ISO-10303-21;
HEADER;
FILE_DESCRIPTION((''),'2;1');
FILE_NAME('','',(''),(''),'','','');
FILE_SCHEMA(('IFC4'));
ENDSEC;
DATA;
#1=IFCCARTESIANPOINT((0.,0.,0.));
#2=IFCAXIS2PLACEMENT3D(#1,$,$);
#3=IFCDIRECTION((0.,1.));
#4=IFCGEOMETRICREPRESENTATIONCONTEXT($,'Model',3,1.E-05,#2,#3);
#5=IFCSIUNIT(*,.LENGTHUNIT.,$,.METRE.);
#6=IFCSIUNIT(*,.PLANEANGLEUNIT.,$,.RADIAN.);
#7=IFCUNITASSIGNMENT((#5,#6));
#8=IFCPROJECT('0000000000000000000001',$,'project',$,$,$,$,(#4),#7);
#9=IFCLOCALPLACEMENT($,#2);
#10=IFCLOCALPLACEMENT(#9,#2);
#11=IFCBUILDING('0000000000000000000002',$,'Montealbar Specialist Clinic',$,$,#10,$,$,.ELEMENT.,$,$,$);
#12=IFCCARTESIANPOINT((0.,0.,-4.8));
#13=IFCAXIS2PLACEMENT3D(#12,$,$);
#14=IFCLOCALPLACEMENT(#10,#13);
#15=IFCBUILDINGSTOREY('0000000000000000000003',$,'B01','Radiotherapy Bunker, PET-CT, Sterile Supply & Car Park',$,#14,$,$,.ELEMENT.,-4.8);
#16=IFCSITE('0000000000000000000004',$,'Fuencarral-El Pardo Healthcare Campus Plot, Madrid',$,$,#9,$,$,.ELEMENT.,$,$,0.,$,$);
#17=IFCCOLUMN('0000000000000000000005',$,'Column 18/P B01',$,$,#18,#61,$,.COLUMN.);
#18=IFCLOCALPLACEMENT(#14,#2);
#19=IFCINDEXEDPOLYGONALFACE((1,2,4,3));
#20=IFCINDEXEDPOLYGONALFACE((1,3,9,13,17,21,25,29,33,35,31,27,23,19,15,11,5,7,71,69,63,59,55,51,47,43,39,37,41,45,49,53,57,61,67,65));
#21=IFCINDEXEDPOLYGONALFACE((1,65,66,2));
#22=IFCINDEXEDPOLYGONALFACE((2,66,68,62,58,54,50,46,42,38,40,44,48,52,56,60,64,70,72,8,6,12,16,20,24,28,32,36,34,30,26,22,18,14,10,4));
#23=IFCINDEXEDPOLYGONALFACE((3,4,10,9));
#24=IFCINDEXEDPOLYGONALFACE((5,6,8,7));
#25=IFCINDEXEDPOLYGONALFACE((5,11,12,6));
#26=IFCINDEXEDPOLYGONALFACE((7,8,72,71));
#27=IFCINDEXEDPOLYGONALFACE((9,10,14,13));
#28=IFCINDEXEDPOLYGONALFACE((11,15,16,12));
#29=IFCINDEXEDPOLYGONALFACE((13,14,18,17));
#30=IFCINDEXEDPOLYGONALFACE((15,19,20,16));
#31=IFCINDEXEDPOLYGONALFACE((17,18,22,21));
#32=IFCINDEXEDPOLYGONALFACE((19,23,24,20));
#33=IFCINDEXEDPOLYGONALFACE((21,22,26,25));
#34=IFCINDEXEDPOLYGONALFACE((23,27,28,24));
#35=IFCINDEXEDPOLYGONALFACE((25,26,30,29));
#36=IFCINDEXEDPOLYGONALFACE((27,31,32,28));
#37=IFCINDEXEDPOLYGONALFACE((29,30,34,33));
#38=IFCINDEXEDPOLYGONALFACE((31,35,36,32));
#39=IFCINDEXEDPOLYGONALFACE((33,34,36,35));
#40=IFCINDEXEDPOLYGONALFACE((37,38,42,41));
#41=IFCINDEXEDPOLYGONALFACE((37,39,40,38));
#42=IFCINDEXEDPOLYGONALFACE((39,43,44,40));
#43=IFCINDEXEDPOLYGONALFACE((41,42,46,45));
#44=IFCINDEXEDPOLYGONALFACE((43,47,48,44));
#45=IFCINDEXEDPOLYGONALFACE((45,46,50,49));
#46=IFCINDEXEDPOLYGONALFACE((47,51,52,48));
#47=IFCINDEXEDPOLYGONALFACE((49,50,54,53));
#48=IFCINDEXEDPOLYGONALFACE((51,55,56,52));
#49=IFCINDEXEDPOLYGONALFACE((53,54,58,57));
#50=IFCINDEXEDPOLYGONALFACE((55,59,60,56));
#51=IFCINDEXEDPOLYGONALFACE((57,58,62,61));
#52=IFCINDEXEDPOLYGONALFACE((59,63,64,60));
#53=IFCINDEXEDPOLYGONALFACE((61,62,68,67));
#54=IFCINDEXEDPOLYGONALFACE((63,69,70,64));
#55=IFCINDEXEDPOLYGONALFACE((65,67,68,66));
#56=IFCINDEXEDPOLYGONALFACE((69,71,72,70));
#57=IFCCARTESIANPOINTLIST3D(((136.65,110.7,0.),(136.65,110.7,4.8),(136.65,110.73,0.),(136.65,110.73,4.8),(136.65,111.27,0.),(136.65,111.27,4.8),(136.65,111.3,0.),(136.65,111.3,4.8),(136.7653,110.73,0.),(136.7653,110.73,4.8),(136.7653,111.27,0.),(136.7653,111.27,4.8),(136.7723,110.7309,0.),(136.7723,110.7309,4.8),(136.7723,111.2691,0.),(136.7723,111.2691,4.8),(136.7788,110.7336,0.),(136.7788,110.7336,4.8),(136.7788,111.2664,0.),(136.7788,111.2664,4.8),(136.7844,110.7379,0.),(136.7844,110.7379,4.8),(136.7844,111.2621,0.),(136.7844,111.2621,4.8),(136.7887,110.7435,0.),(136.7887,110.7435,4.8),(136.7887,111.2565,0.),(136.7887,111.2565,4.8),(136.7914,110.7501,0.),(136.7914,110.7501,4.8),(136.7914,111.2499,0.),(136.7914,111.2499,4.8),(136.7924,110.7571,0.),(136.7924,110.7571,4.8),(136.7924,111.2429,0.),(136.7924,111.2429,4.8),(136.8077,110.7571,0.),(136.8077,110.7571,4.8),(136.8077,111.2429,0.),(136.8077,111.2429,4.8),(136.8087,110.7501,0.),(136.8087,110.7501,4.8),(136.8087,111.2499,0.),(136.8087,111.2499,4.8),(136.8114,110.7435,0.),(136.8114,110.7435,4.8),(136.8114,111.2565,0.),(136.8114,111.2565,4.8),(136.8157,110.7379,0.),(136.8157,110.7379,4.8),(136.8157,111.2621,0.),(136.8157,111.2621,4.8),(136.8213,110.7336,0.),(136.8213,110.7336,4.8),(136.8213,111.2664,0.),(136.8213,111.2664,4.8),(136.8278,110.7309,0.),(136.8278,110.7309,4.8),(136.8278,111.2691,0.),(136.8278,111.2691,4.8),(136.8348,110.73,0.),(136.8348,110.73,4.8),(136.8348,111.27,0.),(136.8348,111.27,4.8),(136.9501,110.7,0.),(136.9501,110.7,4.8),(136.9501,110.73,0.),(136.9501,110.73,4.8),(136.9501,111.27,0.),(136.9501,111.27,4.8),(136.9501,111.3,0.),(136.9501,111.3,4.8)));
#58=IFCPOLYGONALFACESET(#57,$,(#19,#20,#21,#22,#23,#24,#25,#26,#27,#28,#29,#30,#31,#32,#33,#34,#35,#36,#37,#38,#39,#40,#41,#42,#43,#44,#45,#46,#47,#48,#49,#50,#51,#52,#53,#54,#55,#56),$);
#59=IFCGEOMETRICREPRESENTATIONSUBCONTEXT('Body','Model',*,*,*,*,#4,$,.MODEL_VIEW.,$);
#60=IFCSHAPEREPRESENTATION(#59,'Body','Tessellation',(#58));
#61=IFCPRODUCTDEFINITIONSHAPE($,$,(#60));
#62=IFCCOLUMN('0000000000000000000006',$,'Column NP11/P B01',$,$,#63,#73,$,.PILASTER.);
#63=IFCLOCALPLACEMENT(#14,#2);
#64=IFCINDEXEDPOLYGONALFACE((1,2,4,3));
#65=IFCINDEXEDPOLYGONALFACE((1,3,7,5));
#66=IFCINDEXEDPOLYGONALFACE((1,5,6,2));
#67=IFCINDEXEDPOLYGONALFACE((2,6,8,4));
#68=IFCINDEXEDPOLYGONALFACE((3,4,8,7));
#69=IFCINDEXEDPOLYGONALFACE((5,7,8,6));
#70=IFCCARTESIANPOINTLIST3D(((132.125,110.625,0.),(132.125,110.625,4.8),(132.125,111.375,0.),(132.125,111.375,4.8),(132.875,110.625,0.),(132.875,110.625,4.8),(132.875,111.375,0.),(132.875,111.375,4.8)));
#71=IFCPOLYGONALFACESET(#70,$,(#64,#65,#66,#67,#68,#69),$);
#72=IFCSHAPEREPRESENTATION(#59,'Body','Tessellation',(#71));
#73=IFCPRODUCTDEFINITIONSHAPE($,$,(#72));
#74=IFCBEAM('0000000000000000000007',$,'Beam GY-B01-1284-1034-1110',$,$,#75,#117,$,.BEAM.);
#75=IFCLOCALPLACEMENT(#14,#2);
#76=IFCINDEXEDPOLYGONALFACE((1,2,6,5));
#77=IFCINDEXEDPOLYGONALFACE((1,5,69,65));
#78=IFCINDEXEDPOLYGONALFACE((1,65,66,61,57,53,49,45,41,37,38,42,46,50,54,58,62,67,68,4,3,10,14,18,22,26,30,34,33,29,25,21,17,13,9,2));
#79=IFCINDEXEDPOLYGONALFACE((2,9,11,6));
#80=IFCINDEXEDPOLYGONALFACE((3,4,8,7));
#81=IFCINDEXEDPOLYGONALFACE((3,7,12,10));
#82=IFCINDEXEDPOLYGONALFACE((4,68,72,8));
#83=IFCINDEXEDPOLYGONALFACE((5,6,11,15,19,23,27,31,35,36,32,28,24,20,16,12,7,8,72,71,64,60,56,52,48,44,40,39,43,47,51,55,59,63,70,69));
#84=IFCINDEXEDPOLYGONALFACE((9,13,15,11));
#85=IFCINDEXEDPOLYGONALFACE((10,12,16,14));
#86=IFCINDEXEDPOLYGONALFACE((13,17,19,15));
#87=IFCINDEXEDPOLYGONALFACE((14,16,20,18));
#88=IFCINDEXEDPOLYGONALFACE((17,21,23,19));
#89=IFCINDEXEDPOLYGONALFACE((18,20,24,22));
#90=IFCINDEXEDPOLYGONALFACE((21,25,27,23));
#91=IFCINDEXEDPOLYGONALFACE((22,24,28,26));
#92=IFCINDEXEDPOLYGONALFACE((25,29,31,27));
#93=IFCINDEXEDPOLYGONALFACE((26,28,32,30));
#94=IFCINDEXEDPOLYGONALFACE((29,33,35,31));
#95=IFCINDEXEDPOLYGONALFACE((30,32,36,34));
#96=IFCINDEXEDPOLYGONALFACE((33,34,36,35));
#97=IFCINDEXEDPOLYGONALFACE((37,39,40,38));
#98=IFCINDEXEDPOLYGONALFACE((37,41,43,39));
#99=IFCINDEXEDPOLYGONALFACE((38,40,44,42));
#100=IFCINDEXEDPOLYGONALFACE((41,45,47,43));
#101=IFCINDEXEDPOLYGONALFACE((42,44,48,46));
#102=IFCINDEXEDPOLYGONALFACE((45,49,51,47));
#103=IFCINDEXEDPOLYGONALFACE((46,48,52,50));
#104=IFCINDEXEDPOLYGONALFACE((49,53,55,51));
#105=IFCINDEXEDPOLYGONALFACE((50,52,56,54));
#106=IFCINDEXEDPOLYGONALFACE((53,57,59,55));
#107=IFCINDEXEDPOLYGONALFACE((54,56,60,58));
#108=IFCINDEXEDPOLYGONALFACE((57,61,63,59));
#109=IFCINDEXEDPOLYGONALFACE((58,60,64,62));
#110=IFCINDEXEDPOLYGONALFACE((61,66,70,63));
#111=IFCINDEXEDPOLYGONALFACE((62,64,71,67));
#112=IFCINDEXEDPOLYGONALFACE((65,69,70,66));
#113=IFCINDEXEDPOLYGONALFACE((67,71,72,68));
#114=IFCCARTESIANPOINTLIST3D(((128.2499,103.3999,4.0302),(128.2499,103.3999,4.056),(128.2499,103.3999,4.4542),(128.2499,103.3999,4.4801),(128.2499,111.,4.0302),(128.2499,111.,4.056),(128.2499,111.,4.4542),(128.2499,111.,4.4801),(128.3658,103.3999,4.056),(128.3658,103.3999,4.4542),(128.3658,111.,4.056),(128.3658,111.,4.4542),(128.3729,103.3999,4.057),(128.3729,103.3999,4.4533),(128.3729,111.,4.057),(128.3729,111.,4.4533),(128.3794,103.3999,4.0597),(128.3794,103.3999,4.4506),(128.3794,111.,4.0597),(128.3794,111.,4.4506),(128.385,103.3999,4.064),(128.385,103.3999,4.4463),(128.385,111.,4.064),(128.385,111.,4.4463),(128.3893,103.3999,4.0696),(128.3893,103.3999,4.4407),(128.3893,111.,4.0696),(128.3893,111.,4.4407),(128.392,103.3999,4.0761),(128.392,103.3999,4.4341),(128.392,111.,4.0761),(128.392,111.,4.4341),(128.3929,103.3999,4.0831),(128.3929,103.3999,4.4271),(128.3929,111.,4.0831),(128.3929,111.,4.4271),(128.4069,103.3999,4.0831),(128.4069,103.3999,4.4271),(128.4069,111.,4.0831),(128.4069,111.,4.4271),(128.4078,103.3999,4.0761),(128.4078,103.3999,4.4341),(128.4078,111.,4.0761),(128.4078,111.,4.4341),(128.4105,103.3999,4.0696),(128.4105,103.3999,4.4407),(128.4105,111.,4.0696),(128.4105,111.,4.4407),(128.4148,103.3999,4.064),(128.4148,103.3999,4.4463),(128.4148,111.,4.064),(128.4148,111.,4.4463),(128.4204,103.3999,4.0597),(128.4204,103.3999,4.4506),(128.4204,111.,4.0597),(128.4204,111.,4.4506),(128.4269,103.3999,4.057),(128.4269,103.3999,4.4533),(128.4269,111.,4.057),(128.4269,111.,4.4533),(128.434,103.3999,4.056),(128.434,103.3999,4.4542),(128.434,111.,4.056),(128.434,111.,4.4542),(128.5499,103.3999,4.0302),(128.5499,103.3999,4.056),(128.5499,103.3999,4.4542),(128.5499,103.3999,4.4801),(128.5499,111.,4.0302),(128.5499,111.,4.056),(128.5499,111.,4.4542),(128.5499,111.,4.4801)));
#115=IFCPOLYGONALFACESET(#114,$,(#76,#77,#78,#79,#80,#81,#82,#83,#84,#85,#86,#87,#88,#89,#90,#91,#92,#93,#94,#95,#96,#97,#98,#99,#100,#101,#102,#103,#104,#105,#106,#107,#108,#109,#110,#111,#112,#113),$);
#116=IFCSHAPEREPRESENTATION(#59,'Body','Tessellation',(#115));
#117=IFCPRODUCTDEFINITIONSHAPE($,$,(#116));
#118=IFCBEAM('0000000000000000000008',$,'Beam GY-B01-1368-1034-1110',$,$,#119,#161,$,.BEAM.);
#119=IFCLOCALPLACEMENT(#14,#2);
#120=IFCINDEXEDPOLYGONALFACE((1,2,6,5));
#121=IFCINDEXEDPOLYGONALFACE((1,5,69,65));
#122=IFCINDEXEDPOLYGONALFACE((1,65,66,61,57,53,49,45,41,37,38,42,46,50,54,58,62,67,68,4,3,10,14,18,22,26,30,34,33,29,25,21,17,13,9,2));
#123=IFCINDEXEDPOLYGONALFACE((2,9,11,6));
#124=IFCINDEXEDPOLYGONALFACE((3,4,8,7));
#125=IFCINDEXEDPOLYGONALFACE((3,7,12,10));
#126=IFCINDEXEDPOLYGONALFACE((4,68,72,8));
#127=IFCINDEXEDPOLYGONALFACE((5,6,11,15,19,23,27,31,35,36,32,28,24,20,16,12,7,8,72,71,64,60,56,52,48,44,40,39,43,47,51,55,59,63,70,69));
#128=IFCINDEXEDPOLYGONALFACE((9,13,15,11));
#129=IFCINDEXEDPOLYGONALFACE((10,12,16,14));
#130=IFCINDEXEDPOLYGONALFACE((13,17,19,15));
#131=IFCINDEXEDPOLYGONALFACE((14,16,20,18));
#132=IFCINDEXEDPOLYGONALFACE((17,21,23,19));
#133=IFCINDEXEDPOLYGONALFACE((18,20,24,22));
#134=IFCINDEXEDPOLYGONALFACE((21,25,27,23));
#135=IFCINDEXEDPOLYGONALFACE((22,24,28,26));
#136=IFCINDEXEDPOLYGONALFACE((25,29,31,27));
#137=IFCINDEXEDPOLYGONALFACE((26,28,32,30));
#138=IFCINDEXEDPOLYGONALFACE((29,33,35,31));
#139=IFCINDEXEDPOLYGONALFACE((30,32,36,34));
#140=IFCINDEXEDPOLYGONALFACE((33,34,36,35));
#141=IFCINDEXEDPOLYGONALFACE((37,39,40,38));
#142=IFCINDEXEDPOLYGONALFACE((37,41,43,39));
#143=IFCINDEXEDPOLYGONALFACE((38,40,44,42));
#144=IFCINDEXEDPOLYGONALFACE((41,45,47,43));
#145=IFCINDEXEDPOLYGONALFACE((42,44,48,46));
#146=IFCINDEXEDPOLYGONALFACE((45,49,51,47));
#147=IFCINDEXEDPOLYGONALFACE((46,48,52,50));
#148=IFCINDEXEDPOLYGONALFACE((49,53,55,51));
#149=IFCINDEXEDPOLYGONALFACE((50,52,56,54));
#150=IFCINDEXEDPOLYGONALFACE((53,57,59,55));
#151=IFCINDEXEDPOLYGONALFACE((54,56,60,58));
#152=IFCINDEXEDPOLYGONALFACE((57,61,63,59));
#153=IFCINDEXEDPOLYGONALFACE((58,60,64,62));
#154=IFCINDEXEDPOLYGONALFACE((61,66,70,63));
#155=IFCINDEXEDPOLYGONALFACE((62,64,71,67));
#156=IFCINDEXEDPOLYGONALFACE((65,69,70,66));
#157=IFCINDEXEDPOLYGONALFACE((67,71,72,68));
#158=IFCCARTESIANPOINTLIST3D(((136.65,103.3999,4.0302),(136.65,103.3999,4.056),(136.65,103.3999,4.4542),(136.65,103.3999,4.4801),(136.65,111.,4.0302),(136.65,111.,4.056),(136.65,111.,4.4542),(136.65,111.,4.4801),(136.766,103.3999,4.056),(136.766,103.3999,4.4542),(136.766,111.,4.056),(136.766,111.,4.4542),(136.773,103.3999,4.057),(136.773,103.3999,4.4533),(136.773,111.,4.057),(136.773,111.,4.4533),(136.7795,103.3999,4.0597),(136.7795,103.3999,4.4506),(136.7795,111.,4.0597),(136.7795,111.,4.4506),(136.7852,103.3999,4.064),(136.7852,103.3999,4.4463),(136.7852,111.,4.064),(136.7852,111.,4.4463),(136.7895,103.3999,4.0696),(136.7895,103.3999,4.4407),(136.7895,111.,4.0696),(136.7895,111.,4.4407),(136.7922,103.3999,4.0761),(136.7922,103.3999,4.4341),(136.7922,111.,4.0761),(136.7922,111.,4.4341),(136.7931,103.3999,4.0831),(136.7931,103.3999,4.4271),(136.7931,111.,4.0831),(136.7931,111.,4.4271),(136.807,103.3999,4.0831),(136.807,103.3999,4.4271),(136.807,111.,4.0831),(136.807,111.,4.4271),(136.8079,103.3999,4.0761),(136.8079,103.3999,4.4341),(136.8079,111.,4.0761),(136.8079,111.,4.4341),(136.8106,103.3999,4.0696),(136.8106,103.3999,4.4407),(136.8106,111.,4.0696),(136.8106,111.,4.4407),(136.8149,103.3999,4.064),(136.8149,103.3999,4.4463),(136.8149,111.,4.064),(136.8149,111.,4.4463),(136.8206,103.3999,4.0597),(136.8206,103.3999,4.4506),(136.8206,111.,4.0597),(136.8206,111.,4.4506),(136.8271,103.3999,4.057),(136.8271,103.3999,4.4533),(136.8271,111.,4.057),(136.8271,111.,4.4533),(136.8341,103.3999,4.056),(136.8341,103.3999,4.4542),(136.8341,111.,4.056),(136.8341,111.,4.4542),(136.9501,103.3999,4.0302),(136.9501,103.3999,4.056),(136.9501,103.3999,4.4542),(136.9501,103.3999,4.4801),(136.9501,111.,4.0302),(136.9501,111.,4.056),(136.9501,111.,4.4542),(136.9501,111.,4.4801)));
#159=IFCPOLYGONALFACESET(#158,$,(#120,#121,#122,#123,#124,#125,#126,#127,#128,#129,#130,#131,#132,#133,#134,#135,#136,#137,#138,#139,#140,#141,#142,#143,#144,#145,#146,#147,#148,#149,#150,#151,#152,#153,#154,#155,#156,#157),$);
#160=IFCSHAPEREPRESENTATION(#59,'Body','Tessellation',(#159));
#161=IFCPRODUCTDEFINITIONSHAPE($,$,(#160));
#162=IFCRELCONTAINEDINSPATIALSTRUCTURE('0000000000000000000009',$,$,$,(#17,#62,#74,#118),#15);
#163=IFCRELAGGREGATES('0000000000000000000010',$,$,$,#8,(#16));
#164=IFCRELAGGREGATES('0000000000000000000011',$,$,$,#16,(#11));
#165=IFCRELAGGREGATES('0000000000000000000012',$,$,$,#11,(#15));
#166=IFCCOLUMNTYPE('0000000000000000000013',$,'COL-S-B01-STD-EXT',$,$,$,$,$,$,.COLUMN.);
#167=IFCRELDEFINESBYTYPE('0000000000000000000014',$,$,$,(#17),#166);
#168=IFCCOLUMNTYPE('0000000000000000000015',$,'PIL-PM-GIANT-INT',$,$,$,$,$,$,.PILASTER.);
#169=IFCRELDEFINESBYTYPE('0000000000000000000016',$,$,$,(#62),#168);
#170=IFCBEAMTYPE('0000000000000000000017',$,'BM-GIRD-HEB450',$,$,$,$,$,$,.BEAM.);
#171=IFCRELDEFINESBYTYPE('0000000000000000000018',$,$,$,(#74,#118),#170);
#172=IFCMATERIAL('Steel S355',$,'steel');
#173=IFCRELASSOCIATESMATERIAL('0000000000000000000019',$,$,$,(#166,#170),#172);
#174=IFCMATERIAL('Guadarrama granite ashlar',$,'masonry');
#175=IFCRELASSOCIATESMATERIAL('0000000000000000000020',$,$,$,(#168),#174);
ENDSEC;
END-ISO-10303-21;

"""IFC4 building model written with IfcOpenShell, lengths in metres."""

from ifc_helpers import new_model, si_unit, direction, frame, origin, origin_2d, place, context, subcontext, project, spatial, rectangle, i_section, extrude, material, material_profile, profile_set, type_object, element, save


model = new_model("IFC4")

# Units and contexts
model_context = context("Model", 3, precision=1e-05, world=origin(), true_north=direction((0.0, 1.0)))
body_context = subcontext(model_context, "Body", "Model", "MODEL_VIEW")
ifc_project = project(units=[si_unit("LENGTHUNIT", "METRE"), si_unit("PLANEANGLEUNIT", "RADIAN")], contexts=[model_context])

# Site, building, storey
site_placement = place(None, origin())
site = spatial("IfcSite", under=ifc_project, at=site_placement, Name="Fuencarral-El Pardo Healthcare Campus Plot, Madrid", CompositionType="ELEMENT", RefElevation=0.0)
building_placement = place(site_placement, origin())
building = spatial("IfcBuilding", under=site, at=building_placement, Name="Montealbar Specialist Clinic", CompositionType="ELEMENT")
storey_placement = place(building_placement, frame((0.0, 0.0, -4.8)))
storey = spatial("IfcBuildingStorey", under=building, at=storey_placement, Name="B01", Description="Radiotherapy Bunker, PET-CT, Sterile Supply & Car Park", CompositionType="ELEMENT", Elevation=-4.8)

# Columns
ifc_material_1 = material(Name="Steel S355", Category="steel")
ifc_material_profile_1 = material_profile(ifc_material_1, i_section(OverallWidth=0.3, OverallDepth=0.6001, WebThickness=0.0154, FlangeThickness=0.03, FilletRadius=0.0271, at=origin_2d()), Name="HEB 600", Category="steel")
ifc_profile_set_1 = profile_set([ifc_material_profile_1], Name="Steel S355")
column_type_1 = type_object("IfcColumnType", Name="COL-S-B01-STD-EXT", PredefinedType="COLUMN", material=ifc_profile_set_1)
for number, where, z_axis, x_axis, name in (
    (1, (136.8, 111.0, 0.0), (0.0, 0.0, 1.0), (1.0, 0.0, 0.0), "Column 18/P B01"),
):
    element("IfcColumn", number, at=place(storey_placement, frame(where, z_axis=z_axis, x_axis=x_axis)), inside=storey, type_object=column_type_1, Name=name, PredefinedType="COLUMN", context=body_context, shape_type="SweptSolid", body=[
        extrude(i_section(OverallWidth=0.3, OverallDepth=0.6001, WebThickness=0.0154, FlangeThickness=0.03, FilletRadius=0.0271, at=origin_2d()), origin(), (0.0, 0.0, 1.0), 4.8),
    ])
ifc_material_2 = material(Name="Guadarrama granite ashlar", Category="masonry")
ifc_material_profile_2 = material_profile(ifc_material_2, rectangle(XDim=0.75, YDim=0.75, at=origin_2d()), Name="GRANITE PILASTER 750x750", Category="masonry")
ifc_profile_set_2 = profile_set([ifc_material_profile_2], Name="Guadarrama granite ashlar")
column_type_2 = type_object("IfcColumnType", Name="PIL-PM-GIANT-INT", PredefinedType="PILASTER", material=ifc_profile_set_2)
column_placement = place(storey_placement, frame((132.5, 111.0, 0.0), z_axis=(0.0, 0.0, 1.0), x_axis=(1.0, 0.0, 0.0)))
element("IfcColumn", 2, at=column_placement, inside=storey, type_object=column_type_2, Name="Column NP11/P B01", PredefinedType="PILASTER", context=body_context, shape_type="SweptSolid", body=[
    extrude(rectangle(XDim=0.75, YDim=0.75, at=origin_2d()), origin(), (0.0, 0.0, 1.0), 4.8),
])

# Beams
ifc_material_profile_3 = material_profile(ifc_material_1, i_section(OverallWidth=0.3, OverallDepth=0.45, WebThickness=0.0139, FlangeThickness=0.0259, FilletRadius=0.0271, at=origin_2d()), Name="HEB 450", Category="steel")
ifc_profile_set_3 = profile_set([ifc_material_profile_3], Name="Steel S355")
beam_type_1 = type_object("IfcBeamType", Name="BM-GIRD-HEB450", PredefinedType="BEAM", material=ifc_profile_set_3)
for number, where, z_axis, x_axis, name in (
    (3, (128.3999, 103.3999, 4.2551), (0.0, 1.0, 0.0), (-1.0, 0.0, 0.0), "Beam GY-B01-1284-1034-1110"),
    (4, (136.8, 103.3999, 4.2551), (0.0, 1.0, 0.0), (-1.0, 0.0, 0.0), "Beam GY-B01-1368-1034-1110"),
):
    element("IfcBeam", number, at=place(storey_placement, frame(where, z_axis=z_axis, x_axis=x_axis)), inside=storey, type_object=beam_type_1, Name=name, PredefinedType="BEAM", context=body_context, shape_type="SweptSolid", body=[
        extrude(i_section(OverallWidth=0.3, OverallDepth=0.45, WebThickness=0.0139, FlangeThickness=0.0259, FilletRadius=0.0271, at=origin_2d()), origin(), (0.0, 0.0, 1.0), 7.6001),
    ])

save(model, "model.ifc")
